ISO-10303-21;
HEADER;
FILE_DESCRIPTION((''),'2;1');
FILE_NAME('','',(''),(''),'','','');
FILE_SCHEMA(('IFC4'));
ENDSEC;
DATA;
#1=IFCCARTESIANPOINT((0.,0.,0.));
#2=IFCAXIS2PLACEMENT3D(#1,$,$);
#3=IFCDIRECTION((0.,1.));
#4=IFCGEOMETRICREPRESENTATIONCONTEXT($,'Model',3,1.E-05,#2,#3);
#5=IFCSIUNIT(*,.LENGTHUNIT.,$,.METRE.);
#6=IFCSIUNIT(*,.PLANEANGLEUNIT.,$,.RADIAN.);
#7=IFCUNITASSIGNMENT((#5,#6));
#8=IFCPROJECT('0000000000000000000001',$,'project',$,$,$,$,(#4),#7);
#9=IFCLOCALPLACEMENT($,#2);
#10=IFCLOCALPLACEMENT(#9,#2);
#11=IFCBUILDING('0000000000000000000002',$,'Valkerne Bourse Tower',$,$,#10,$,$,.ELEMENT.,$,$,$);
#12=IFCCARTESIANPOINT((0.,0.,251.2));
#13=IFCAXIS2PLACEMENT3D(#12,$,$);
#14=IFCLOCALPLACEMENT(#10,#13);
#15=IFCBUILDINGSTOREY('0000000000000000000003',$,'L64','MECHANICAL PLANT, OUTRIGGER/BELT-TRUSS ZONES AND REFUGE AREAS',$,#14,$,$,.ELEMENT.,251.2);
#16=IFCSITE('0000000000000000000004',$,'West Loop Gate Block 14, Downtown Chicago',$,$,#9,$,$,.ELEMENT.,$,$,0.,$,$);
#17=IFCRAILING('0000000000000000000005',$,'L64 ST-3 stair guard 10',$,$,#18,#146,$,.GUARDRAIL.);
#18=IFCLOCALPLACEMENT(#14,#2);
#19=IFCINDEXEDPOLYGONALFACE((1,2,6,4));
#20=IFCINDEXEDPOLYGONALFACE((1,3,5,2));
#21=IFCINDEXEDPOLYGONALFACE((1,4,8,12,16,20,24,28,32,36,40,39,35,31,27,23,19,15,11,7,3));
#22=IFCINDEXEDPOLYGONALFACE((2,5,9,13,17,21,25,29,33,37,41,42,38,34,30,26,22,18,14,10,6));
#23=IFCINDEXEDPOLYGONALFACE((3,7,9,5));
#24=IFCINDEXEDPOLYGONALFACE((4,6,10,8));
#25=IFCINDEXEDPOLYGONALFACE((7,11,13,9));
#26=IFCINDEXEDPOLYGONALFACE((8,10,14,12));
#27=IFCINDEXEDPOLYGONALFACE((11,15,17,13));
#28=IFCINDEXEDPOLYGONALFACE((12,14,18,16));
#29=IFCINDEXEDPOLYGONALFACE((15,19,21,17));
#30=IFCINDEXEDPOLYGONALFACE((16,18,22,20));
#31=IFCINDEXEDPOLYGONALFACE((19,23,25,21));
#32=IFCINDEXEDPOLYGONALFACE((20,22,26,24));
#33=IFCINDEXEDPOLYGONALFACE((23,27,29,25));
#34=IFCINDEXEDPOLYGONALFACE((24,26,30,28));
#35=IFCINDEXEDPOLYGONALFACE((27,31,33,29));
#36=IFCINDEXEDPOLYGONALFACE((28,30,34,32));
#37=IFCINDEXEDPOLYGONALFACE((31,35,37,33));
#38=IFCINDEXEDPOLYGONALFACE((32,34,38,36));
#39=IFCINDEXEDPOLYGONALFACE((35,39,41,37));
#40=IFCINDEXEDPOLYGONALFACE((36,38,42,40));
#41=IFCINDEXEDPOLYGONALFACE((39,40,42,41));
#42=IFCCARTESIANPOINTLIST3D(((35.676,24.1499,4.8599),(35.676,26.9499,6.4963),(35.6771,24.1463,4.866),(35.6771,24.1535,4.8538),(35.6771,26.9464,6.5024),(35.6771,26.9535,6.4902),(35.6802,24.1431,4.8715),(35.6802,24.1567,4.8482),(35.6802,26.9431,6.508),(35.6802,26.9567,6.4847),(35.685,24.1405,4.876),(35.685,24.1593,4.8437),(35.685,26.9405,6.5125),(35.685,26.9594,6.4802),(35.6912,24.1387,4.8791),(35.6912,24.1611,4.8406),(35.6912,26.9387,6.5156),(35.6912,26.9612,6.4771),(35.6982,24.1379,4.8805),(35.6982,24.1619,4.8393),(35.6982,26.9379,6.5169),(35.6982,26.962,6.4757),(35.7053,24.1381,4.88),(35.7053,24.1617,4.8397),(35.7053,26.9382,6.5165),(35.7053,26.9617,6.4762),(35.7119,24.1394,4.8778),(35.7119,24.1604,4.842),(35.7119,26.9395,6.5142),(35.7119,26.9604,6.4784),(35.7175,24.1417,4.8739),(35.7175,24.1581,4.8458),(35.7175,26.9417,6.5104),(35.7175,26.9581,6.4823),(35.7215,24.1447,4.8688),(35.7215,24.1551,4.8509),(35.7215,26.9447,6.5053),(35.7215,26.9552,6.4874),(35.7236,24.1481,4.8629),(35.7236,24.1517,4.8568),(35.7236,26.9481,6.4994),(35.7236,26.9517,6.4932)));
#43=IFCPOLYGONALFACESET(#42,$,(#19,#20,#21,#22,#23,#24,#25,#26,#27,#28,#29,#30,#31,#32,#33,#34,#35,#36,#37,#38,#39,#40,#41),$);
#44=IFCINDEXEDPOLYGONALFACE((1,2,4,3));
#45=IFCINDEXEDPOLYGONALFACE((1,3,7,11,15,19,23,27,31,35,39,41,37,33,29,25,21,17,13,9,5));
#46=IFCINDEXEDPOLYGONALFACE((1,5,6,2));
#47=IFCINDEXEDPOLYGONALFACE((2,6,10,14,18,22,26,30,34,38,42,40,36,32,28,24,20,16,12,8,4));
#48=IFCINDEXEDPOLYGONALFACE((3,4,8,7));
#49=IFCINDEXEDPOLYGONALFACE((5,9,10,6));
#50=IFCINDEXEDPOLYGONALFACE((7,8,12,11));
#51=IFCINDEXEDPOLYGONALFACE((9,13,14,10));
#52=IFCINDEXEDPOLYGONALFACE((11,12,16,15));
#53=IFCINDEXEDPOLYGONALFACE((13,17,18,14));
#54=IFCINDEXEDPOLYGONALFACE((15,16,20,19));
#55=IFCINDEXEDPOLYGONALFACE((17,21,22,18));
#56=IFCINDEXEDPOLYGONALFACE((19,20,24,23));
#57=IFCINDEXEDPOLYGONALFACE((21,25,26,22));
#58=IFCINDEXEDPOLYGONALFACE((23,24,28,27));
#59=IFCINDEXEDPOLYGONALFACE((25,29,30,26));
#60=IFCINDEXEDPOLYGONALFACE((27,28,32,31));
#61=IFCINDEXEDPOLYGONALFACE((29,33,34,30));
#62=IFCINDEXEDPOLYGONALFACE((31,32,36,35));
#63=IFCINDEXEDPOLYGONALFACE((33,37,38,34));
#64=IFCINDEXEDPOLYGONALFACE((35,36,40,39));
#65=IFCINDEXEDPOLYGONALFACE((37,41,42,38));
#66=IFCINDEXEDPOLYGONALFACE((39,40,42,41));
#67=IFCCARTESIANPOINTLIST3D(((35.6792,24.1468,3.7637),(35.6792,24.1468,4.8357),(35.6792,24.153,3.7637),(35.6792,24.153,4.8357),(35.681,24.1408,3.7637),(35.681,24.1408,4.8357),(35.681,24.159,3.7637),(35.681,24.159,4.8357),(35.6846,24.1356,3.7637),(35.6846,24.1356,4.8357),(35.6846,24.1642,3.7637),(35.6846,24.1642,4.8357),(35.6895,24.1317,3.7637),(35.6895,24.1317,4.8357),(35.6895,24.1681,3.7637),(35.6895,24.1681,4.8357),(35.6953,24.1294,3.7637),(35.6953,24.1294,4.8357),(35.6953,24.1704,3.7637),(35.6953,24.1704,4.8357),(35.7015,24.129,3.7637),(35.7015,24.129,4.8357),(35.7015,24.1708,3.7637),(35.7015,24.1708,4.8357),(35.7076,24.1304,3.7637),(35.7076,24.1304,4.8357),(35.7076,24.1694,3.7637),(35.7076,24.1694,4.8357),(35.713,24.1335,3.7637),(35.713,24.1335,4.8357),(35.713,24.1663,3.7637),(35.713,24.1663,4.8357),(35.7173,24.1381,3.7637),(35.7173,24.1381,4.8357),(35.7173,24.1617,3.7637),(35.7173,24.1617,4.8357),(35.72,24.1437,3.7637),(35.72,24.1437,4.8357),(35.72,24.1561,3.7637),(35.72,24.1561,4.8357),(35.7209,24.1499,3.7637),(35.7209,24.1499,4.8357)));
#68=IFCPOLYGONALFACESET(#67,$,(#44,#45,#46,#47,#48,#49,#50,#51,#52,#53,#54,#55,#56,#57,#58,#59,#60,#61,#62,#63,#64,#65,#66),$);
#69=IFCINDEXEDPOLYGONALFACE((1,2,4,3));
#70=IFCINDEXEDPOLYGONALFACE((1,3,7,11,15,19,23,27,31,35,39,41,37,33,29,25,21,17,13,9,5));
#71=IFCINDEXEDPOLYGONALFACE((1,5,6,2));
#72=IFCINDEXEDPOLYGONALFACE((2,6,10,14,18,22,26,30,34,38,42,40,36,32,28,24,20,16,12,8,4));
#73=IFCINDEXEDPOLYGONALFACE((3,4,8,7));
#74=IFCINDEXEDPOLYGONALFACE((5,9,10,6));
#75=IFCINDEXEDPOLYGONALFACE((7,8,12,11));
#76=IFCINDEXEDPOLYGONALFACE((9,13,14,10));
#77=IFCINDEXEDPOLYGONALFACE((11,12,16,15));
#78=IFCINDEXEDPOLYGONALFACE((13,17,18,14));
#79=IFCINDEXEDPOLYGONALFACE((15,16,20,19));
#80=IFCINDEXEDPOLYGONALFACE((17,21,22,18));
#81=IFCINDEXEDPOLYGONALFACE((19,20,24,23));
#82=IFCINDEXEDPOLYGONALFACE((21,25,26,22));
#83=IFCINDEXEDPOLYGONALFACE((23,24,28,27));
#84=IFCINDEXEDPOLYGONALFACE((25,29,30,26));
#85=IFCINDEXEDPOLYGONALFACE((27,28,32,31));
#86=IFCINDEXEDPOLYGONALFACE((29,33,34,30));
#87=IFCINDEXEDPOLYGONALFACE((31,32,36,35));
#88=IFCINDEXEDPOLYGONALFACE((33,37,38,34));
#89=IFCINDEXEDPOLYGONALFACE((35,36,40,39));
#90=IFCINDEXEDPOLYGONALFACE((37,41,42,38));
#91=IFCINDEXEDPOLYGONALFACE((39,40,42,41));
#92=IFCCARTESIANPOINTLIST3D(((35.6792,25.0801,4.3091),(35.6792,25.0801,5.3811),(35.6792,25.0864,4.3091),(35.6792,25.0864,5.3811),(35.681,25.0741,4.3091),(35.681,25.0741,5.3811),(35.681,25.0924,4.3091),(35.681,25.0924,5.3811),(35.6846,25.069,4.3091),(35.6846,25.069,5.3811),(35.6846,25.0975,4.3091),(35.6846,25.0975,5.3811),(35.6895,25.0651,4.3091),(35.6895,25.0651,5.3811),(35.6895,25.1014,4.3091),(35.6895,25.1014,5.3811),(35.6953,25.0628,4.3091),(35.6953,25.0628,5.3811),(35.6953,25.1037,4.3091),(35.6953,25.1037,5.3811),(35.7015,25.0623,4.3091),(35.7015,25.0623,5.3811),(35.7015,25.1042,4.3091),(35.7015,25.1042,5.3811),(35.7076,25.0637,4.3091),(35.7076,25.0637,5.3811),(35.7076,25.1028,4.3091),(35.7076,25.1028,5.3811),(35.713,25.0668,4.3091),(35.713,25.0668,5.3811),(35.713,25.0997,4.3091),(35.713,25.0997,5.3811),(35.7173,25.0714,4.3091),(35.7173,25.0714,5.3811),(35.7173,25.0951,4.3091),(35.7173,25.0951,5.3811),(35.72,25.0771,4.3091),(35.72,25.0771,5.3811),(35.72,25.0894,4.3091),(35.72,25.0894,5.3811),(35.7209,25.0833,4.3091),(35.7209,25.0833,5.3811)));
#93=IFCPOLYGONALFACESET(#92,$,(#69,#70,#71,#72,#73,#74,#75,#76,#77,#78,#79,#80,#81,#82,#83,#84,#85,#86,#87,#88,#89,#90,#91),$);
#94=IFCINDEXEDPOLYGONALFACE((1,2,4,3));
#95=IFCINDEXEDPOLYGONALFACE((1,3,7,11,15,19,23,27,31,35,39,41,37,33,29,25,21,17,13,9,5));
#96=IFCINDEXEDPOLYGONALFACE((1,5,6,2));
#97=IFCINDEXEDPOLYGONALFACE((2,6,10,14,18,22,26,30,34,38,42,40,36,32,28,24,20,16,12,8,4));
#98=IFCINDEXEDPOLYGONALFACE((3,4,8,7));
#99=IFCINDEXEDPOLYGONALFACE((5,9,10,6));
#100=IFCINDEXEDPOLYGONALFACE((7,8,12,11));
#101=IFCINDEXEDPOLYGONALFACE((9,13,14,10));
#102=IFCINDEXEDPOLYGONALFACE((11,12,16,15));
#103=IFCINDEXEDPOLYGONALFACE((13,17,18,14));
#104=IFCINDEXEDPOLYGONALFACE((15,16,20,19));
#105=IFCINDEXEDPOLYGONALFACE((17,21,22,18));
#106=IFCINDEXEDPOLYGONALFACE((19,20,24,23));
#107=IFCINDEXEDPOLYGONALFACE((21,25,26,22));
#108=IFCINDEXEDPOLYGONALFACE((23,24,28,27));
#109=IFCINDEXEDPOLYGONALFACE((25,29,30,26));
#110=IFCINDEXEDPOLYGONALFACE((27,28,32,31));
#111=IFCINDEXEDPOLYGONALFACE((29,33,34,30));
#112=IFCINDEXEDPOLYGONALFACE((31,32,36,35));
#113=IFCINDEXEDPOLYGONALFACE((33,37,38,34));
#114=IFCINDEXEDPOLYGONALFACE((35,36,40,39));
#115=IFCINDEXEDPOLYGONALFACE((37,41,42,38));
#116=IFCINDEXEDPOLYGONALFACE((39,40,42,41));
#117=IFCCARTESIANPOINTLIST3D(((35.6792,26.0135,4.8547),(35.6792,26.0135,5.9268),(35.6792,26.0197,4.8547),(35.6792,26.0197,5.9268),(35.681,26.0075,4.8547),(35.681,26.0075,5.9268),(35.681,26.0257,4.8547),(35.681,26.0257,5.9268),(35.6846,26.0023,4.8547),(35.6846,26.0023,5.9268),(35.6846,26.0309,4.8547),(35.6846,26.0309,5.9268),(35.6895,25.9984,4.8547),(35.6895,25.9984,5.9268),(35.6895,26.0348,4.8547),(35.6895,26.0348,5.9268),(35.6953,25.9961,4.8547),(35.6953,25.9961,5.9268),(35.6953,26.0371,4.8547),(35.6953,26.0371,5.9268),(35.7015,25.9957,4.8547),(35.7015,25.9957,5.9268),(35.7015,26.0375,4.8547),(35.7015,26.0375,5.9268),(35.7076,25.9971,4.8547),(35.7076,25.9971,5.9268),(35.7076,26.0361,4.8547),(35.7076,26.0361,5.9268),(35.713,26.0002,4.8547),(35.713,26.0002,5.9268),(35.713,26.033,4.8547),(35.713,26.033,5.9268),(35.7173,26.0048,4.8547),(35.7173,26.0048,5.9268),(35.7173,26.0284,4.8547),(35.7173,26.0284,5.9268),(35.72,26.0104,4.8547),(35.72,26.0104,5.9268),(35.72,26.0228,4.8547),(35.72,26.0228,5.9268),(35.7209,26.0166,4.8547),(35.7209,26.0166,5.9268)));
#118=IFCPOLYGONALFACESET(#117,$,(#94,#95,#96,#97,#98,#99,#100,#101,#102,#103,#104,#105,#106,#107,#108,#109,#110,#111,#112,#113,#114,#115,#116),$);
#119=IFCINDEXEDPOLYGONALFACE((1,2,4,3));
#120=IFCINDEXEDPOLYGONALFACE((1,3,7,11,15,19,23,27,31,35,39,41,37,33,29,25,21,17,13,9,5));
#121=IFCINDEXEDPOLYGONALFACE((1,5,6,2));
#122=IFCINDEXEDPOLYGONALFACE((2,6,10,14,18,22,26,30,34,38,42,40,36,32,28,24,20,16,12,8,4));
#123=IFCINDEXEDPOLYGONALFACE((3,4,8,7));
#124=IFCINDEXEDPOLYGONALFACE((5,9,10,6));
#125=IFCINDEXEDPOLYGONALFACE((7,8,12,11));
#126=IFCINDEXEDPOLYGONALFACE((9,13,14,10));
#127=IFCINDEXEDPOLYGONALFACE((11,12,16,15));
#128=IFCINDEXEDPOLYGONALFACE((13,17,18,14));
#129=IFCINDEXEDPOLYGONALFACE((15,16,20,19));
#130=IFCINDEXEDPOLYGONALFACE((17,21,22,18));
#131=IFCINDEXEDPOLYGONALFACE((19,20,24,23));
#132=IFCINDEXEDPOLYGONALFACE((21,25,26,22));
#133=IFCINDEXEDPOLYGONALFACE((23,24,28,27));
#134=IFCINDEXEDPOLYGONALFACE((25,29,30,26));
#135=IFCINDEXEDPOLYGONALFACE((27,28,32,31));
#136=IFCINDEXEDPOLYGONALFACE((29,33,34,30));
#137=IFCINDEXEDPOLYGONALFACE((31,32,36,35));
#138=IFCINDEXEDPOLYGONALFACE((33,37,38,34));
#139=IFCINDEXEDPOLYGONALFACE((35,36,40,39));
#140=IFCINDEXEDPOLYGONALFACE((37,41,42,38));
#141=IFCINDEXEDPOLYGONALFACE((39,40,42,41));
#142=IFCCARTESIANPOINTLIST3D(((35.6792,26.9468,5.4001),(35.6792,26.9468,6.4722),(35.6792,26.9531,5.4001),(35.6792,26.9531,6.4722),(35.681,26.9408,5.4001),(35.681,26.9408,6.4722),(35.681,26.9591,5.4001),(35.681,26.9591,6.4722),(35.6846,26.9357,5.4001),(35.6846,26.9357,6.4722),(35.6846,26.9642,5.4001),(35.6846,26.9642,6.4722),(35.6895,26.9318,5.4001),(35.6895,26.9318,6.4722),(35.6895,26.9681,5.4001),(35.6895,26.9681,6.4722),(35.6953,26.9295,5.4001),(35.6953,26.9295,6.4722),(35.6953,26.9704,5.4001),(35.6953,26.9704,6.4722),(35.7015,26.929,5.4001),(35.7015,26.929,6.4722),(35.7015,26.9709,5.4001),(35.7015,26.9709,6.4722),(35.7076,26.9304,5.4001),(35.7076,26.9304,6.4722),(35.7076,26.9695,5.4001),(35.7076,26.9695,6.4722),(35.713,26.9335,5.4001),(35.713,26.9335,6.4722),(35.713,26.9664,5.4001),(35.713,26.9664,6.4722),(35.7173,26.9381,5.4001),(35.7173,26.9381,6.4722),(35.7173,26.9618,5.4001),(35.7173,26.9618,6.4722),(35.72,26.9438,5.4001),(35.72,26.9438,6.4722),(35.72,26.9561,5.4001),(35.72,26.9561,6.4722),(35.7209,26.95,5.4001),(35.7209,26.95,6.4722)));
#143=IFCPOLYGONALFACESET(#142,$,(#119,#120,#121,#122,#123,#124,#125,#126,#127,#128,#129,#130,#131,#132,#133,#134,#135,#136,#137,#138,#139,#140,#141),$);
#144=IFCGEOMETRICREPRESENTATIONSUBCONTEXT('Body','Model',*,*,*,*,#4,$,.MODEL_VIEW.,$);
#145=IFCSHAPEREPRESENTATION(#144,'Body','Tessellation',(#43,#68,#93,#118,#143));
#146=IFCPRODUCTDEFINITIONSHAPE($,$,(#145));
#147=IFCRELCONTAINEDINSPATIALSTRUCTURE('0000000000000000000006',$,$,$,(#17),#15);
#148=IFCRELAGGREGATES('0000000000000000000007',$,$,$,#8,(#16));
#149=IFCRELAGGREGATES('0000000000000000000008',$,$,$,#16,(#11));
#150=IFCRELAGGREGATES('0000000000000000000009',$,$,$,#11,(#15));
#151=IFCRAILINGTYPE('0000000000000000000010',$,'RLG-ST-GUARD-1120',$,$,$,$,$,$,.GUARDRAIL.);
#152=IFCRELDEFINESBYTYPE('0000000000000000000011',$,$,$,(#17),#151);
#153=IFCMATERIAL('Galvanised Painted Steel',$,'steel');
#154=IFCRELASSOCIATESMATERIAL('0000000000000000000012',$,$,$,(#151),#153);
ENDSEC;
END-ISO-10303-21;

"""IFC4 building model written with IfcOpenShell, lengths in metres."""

from ifc_helpers import new_model, si_unit, direction, frame, origin, origin_2d, place, context, subcontext, project, spatial, circle, extrude, material, type_object, element, save


model = new_model("IFC4")

# Units and contexts
model_context = context("Model", 3, precision=1e-05, world=origin(), true_north=direction((0.0, 1.0)))
body_context = subcontext(model_context, "Body", "Model", "MODEL_VIEW")
ifc_project = project(units=[si_unit("LENGTHUNIT", "METRE"), si_unit("PLANEANGLEUNIT", "RADIAN")], contexts=[model_context])

# Site, building, storey
site_placement = place(None, origin())
site = spatial("IfcSite", under=ifc_project, at=site_placement, Name="West Loop Gate Block 14, Downtown Chicago", CompositionType="ELEMENT", RefElevation=0.0)
building_placement = place(site_placement, origin())
building = spatial("IfcBuilding", under=site, at=building_placement, Name="Valkerne Bourse Tower", CompositionType="ELEMENT")
storey_placement = place(building_placement, frame((0.0, 0.0, 251.2)))
storey = spatial("IfcBuildingStorey", under=building, at=storey_placement, Name="L64", Description="MECHANICAL PLANT, OUTRIGGER/BELT-TRUSS ZONES AND REFUGE AREAS", CompositionType="ELEMENT", Elevation=251.2)

# Shared definitions
ifc_material_1 = material(Name="Galvanised Painted Steel", Category="steel")

# Railing
railing_type_1 = type_object("IfcRailingType", Name="RLG-ST-GUARD-1120", PredefinedType="GUARDRAIL", material=ifc_material_1)
railing_1_placement = place(storey_placement, frame((35.7, 24.1499, 3.7637)))
element("IfcRailing", 1, at=railing_1_placement, inside=storey, type_object=railing_type_1, Name="L64 ST-3 stair guard 10", PredefinedType="GUARDRAIL", context=body_context, shape_type="SweptSolid", body=[
    extrude(circle(Radius=0.0239, at=origin_2d()), frame((0.0, 0.0, 1.0962), z_axis=(0.0, 0.863361, 0.504587), x_axis=(-1.0, 0.0, 0.0)), (0.0, 0.0, 1.0), 3.2432),
    extrude(circle(Radius=0.021, at=origin_2d()), origin(), (0.0, 0.0, 1.0), 1.072),
    extrude(circle(Radius=0.021, at=origin_2d()), frame((0.0, 0.9333, 0.5454)), (0.0, 0.0, 1.0), 1.072),
    extrude(circle(Radius=0.021, at=origin_2d()), frame((0.0, 1.8667, 1.0911)), (0.0, 0.0, 1.0), 1.072),
    extrude(circle(Radius=0.021, at=origin_2d()), frame((0.0, 2.8, 1.6365)), (0.0, 0.0, 1.0), 1.072),
])

save(model, "model.ifc")
